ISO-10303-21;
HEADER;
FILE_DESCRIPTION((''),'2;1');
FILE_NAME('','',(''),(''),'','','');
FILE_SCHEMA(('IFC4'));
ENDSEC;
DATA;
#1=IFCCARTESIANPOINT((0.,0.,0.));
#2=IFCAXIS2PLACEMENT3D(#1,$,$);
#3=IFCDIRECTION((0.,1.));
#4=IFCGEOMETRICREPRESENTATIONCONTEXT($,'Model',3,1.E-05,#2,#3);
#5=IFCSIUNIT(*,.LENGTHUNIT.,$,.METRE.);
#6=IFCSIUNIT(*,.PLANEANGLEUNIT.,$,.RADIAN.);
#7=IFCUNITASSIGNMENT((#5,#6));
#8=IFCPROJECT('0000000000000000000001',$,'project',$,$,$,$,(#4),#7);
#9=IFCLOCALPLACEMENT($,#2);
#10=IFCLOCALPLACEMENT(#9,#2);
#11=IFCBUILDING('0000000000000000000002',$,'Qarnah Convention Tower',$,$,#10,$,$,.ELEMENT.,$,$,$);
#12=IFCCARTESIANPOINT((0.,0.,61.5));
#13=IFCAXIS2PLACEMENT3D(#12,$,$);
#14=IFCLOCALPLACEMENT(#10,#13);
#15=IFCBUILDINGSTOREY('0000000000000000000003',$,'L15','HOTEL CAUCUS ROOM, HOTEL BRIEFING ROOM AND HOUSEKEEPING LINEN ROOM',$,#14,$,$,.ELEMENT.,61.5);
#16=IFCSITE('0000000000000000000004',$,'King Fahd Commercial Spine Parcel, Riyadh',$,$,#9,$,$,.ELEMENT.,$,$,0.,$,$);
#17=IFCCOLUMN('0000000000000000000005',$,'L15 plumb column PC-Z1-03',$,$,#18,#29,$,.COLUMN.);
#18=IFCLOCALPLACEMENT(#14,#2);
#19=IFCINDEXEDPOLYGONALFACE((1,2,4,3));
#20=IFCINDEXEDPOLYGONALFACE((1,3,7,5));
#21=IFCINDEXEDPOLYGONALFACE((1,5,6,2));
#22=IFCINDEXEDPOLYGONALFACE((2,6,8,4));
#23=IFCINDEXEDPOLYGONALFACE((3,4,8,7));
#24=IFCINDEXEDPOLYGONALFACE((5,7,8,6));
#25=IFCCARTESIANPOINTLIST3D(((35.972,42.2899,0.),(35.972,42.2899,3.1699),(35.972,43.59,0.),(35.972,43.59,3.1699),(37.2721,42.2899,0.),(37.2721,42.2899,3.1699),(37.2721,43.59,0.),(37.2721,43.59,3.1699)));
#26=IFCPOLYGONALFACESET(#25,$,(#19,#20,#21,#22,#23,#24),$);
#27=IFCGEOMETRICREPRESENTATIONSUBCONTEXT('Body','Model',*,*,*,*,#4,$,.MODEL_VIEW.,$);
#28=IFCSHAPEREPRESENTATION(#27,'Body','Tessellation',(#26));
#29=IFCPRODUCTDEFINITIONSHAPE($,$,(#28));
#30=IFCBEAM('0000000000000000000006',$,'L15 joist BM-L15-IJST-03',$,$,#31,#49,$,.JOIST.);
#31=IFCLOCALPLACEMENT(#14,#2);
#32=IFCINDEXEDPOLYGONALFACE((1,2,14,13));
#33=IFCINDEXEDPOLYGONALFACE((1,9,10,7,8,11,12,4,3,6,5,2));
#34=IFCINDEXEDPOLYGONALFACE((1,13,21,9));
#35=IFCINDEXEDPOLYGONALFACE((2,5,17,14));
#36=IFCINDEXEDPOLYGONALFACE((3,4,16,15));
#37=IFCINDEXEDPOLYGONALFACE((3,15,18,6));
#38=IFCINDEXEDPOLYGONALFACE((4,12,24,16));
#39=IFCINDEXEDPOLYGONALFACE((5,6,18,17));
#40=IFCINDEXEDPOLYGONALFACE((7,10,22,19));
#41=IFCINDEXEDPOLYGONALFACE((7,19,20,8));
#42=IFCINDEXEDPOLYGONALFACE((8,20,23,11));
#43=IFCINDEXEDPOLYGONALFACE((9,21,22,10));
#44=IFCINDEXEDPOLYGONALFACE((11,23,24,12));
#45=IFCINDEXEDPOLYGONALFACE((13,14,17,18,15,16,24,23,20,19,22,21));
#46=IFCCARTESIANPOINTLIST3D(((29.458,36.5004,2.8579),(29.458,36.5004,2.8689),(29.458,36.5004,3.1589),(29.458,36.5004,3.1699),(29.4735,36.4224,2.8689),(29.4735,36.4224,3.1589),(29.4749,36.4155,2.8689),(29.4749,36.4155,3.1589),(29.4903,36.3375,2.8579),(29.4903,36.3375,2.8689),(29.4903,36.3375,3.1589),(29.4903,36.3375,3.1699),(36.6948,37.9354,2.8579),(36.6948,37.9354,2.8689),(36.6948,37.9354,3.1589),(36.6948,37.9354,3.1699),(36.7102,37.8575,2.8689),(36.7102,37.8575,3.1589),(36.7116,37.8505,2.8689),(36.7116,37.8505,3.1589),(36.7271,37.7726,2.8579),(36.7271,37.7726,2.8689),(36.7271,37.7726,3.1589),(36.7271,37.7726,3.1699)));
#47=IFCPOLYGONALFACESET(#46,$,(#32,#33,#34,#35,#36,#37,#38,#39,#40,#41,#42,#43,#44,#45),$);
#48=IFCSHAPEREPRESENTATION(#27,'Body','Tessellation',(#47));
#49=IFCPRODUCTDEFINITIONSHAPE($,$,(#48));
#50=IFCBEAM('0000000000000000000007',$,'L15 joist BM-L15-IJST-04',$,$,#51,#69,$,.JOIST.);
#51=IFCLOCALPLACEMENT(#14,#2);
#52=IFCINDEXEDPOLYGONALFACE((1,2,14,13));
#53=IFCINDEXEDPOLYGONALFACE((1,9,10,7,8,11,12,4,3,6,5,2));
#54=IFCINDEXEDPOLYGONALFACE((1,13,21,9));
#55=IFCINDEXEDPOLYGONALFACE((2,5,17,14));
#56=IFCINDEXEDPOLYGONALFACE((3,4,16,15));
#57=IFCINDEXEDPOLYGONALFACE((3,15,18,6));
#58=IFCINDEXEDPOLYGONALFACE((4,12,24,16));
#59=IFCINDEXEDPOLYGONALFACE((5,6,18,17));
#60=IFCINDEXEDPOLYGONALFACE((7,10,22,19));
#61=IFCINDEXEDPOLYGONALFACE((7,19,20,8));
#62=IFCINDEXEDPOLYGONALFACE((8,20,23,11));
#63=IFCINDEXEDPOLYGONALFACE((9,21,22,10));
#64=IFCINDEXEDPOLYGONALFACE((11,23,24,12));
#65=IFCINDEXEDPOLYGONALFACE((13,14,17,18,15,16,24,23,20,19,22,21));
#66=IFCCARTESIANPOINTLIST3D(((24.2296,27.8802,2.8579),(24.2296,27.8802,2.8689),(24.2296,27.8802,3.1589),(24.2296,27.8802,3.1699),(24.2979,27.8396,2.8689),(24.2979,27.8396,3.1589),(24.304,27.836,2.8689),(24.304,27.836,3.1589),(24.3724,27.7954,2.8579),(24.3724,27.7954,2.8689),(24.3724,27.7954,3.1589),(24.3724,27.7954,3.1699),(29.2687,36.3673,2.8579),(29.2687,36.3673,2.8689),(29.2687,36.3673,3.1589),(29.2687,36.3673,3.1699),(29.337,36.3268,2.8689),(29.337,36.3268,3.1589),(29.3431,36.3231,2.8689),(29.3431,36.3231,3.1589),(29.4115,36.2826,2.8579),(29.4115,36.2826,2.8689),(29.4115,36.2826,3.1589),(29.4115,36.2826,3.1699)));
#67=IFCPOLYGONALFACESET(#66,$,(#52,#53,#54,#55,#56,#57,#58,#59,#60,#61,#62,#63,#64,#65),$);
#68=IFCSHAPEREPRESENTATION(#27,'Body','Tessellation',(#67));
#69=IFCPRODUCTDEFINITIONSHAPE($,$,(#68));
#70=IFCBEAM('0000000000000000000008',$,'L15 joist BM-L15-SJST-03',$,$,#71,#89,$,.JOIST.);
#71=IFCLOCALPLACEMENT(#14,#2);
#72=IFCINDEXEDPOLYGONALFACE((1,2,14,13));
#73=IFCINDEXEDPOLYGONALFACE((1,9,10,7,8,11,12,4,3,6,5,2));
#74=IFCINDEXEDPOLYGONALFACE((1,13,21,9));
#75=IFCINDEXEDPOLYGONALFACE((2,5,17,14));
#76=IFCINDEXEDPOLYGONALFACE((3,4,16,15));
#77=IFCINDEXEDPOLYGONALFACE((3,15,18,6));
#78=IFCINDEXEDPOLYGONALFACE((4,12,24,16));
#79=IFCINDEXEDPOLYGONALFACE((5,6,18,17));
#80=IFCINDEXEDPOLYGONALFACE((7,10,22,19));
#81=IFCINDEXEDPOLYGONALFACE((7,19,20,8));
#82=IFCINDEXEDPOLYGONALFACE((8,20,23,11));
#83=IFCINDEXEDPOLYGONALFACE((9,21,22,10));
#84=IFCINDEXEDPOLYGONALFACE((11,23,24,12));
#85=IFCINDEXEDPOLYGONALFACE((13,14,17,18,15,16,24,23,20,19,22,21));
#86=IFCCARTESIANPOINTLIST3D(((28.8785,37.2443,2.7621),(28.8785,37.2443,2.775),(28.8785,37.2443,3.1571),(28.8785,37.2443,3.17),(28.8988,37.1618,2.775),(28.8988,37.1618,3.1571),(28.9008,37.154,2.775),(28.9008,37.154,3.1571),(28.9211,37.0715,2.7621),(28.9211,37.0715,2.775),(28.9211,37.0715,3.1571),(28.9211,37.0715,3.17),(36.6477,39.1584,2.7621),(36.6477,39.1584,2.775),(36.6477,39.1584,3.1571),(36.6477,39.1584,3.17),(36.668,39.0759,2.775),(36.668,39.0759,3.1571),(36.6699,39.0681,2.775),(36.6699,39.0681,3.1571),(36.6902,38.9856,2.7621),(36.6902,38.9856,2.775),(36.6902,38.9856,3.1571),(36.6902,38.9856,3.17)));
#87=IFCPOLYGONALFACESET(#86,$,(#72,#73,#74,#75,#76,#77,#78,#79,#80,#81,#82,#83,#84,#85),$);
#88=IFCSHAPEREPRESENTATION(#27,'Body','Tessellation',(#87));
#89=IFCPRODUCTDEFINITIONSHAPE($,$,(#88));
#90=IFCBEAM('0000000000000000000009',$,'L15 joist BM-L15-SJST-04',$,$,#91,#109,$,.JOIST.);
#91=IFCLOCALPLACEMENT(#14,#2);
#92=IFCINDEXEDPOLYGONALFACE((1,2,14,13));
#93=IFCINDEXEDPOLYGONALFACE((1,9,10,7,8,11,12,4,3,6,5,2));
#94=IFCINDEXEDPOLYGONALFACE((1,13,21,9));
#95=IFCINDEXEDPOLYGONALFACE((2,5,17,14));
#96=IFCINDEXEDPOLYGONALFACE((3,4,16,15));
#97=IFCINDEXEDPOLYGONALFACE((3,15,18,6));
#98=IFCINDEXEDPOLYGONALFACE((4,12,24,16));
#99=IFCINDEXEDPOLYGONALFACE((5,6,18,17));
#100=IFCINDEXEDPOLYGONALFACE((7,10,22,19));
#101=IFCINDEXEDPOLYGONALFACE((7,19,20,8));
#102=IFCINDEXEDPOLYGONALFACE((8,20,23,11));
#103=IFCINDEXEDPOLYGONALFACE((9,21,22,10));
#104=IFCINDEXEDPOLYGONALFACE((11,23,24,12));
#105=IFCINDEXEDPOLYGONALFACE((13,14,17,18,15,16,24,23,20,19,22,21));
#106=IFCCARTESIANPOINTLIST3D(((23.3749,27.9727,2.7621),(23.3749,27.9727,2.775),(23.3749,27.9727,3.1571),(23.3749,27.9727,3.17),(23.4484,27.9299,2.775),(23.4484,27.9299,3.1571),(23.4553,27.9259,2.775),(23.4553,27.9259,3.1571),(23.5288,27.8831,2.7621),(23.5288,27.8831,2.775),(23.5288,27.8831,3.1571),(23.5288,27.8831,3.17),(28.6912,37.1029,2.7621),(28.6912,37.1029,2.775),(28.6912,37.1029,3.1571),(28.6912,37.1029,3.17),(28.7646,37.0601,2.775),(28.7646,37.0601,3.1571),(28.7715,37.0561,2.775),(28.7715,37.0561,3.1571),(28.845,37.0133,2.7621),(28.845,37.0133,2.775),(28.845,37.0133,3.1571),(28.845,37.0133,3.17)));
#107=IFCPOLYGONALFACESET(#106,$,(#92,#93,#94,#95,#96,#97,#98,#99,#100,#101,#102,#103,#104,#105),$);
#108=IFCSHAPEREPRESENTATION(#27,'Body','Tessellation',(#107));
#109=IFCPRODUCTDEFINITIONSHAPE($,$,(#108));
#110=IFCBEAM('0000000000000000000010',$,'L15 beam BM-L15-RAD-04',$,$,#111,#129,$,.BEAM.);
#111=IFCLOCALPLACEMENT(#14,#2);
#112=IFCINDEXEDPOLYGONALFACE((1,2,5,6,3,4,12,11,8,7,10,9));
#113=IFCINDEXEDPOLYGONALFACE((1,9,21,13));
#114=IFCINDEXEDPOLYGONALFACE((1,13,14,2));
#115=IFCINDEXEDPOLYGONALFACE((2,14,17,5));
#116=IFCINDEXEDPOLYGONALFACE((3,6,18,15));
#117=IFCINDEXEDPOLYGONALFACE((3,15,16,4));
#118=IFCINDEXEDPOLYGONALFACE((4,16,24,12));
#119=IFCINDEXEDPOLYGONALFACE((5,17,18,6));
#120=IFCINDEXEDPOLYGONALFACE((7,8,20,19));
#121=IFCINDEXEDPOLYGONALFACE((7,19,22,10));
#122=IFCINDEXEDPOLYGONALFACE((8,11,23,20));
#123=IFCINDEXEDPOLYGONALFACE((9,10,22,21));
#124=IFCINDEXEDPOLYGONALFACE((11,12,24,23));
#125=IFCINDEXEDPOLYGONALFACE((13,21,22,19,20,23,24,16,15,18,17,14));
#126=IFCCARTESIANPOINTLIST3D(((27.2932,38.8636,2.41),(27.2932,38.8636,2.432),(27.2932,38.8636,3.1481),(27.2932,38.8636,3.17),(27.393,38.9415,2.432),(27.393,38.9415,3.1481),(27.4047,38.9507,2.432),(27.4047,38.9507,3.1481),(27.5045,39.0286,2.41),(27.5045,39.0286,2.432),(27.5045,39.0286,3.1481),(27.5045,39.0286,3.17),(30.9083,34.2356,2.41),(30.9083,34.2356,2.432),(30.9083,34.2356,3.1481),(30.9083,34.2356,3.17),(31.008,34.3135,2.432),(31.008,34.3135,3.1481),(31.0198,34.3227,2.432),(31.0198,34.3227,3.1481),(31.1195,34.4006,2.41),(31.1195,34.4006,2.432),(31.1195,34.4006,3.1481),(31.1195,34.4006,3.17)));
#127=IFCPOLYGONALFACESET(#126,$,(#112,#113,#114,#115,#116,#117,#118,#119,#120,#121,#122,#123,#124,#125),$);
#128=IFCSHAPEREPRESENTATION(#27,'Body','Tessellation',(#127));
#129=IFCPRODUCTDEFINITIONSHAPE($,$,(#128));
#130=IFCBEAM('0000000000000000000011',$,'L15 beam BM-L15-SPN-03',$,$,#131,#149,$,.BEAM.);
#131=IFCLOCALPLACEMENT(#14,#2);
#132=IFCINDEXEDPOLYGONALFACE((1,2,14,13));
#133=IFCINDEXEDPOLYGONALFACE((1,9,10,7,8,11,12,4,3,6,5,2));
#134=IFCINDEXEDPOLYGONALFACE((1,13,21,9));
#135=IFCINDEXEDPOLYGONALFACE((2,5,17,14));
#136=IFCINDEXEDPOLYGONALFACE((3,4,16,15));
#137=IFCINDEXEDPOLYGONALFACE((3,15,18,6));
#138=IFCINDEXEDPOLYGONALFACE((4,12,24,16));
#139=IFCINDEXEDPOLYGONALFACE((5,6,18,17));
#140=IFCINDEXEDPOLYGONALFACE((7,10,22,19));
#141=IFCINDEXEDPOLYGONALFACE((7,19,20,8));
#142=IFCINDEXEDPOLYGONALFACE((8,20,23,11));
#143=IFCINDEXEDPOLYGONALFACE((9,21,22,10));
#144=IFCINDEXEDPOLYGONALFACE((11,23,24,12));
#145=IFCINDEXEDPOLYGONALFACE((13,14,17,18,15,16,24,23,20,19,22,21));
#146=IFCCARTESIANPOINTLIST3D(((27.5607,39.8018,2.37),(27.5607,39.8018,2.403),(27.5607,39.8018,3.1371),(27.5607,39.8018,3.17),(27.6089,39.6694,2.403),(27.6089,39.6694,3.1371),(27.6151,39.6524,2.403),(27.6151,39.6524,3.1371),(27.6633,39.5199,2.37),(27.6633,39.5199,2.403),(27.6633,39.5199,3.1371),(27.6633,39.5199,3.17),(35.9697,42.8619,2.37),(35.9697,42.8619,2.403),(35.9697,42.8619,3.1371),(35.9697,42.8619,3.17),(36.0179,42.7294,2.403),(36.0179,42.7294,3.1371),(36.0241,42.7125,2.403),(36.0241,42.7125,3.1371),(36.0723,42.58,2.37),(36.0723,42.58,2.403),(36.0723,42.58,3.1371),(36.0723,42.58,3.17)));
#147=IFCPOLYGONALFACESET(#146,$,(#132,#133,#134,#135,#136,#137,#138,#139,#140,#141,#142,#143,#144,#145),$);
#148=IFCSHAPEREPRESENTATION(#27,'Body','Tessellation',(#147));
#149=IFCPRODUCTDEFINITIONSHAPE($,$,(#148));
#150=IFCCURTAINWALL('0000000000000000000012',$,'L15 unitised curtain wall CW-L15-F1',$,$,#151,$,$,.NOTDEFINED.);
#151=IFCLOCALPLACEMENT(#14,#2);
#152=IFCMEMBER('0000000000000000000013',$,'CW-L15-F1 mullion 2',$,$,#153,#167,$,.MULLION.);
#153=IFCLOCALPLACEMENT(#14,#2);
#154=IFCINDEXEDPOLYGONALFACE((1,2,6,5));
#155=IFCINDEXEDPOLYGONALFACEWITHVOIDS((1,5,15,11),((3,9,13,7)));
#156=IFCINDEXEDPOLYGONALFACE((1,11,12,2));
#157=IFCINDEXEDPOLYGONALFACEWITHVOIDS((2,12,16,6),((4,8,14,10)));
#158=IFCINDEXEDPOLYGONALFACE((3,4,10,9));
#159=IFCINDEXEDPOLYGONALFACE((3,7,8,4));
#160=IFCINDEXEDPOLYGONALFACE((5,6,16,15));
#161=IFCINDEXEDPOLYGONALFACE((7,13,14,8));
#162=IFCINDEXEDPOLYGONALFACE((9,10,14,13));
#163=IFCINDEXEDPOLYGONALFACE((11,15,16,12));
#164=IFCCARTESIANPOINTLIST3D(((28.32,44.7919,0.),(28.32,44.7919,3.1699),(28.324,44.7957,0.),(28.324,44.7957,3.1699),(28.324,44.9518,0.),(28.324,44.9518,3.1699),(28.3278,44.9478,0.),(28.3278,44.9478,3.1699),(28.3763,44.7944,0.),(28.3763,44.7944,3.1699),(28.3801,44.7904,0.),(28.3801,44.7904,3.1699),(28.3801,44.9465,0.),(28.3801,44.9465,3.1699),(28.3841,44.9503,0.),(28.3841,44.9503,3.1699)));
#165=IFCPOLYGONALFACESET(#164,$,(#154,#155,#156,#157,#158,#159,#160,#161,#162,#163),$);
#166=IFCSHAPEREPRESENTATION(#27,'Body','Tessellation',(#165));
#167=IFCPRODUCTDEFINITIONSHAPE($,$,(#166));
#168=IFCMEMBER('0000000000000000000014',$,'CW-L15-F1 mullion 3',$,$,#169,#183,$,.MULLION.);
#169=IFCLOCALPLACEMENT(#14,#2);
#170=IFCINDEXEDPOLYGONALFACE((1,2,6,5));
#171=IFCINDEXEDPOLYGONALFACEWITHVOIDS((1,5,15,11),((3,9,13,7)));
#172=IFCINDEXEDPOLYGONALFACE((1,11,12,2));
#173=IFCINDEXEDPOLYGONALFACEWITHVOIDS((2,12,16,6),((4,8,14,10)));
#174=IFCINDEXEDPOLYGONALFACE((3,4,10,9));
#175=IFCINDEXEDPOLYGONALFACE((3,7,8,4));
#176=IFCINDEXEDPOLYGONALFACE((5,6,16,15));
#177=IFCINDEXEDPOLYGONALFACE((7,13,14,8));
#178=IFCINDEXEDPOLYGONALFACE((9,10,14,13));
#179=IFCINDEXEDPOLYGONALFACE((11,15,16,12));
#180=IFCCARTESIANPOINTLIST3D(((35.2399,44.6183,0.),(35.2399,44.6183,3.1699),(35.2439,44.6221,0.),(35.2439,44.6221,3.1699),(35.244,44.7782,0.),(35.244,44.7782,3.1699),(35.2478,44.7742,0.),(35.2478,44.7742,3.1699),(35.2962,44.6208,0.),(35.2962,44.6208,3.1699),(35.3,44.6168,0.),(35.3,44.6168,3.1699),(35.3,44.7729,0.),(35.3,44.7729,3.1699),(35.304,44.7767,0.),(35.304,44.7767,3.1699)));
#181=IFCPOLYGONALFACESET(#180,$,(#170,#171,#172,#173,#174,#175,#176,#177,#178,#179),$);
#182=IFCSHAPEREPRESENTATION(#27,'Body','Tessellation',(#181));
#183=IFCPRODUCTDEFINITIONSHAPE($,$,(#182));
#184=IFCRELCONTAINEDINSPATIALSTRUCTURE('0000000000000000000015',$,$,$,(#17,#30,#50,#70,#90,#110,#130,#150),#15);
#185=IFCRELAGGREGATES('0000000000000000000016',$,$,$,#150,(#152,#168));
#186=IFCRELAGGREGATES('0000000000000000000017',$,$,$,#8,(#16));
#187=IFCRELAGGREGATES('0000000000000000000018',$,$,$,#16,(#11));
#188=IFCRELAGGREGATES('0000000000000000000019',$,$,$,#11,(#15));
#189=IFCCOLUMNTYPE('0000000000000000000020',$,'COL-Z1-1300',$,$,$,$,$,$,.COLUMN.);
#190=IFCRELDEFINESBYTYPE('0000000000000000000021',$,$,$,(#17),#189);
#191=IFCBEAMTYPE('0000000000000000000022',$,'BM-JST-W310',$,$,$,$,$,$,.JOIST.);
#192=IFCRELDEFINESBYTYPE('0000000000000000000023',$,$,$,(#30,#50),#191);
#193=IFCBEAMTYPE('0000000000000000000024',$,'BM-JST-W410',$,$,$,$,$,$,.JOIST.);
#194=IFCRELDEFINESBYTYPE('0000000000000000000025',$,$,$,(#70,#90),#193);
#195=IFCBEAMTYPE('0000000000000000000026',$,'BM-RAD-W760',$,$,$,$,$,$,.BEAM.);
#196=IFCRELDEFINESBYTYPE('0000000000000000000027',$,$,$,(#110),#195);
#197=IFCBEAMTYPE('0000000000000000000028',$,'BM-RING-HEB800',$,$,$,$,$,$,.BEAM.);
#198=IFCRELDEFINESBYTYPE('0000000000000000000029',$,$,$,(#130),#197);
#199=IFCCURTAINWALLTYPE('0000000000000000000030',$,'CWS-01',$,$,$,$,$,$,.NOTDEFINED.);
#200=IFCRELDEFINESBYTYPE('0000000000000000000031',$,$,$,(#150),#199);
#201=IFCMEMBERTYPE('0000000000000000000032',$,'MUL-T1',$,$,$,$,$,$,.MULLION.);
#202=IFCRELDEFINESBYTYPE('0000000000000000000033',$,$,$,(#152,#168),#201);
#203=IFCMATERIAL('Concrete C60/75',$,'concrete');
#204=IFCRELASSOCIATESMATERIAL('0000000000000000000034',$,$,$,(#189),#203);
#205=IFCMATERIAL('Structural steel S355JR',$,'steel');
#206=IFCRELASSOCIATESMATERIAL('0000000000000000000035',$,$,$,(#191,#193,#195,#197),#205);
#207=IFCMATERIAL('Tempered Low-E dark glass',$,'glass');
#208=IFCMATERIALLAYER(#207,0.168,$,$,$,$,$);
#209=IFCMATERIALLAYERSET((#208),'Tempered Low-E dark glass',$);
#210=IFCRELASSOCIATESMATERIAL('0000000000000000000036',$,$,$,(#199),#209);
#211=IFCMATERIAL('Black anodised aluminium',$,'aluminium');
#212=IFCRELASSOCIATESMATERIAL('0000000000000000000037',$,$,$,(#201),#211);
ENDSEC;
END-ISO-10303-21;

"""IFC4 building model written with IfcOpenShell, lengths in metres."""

from ifc_helpers import new_model, si_unit, direction, frame, origin, origin_2d, place, context, subcontext, project, spatial, rectangle, hollow_rectangle, i_section, extrude, material, layer, layer_set, material_profile, profile_set, type_object, element, aggregate, save


model = new_model("IFC4")

# Units and contexts
model_context = context("Model", 3, precision=1e-05, world=origin(), true_north=direction((0.0, 1.0)))
body_context = subcontext(model_context, "Body", "Model", "MODEL_VIEW")
ifc_project = project(units=[si_unit("LENGTHUNIT", "METRE"), si_unit("PLANEANGLEUNIT", "RADIAN")], contexts=[model_context])

# Site, building, storey
site_placement = place(None, origin())
site = spatial("IfcSite", under=ifc_project, at=site_placement, Name="King Fahd Commercial Spine Parcel, Riyadh", CompositionType="ELEMENT", RefElevation=0.0)
building_placement = place(site_placement, origin())
building = spatial("IfcBuilding", under=site, at=building_placement, Name="Qarnah Convention Tower", CompositionType="ELEMENT")
storey_placement = place(building_placement, frame((0.0, 0.0, 61.5)))
storey = spatial("IfcBuildingStorey", under=building, at=storey_placement, Name="L15", Description="HOTEL CAUCUS ROOM, HOTEL BRIEFING ROOM AND HOUSEKEEPING LINEN ROOM", CompositionType="ELEMENT", Elevation=61.5)

# Column
ifc_material_1 = material(Name="Concrete C60/75", Category="concrete")
ifc_material_profile_1 = material_profile(ifc_material_1, rectangle(XDim=1.3, YDim=1.3, at=origin_2d()), Name="RC-COL-1300X1300")
ifc_profile_set_1 = profile_set([ifc_material_profile_1], Name="Concrete C60/75")
column_type = type_object("IfcColumnType", Name="COL-Z1-1300", PredefinedType="COLUMN", material=ifc_profile_set_1)
column_placement = place(storey_placement, frame((36.6221, 42.9399, 0.0), z_axis=(0.0, 0.0, 1.0), x_axis=(1.0, 0.0, 0.0)))
element("IfcColumn", 1, at=column_placement, inside=storey, type_object=column_type, Name="L15 plumb column PC-Z1-03", PredefinedType="COLUMN", context=body_context, shape_type="SweptSolid", body=[
    extrude(rectangle(XDim=1.3, YDim=1.3, at=origin_2d()), origin(), (0.0, 0.0, 1.0), 3.1699),
])

# Beams
ifc_material_2 = material(Name="Structural steel S355JR", Category="steel")
ifc_material_profile_2 = material_profile(ifc_material_2, i_section(OverallWidth=0.166, OverallDepth=0.312, WebThickness=0.0071, FlangeThickness=0.011, at=origin_2d()), Name="W310X45")
ifc_profile_set_2 = profile_set([ifc_material_profile_2], Name="Structural steel S355JR")
beam_type_1 = type_object("IfcBeamType", Name="BM-JST-W310", PredefinedType="JOIST", material=ifc_profile_set_2)
beam_1_placement = place(storey_placement, frame((36.7109, 37.854, 3.0139), z_axis=(-0.9809, -0.194512, 0.0), x_axis=(0.194512, -0.9809, 0.0)))
element("IfcBeam", 2, at=beam_1_placement, inside=storey, type_object=beam_type_1, Name="L15 joist BM-L15-IJST-03", PredefinedType="JOIST", context=body_context, shape_type="SweptSolid", body=[
    extrude(i_section(OverallWidth=0.166, OverallDepth=0.312, WebThickness=0.0071, FlangeThickness=0.011, at=origin_2d()), origin(), (0.0, 0.0, 1.0), 7.3777),
])
beam_2_placement = place(storey_placement, frame((29.3401, 36.325, 3.0139), z_axis=(-0.510529, -0.859861, 0.0), x_axis=(0.859861, -0.510529, 0.0)))
element("IfcBeam", 3, at=beam_2_placement, inside=storey, type_object=beam_type_1, Name="L15 joist BM-L15-IJST-04", PredefinedType="JOIST", context=body_context, shape_type="SweptSolid", body=[
    extrude(i_section(OverallWidth=0.166, OverallDepth=0.312, WebThickness=0.0071, FlangeThickness=0.011, at=origin_2d()), origin(), (0.0, 0.0, 1.0), 9.8704),
])
ifc_material_profile_3 = material_profile(ifc_material_2, i_section(OverallWidth=0.178, OverallDepth=0.408, WebThickness=0.0081, FlangeThickness=0.0129, at=origin_2d()), Name="W410X60")
ifc_profile_set_3 = profile_set([ifc_material_profile_3], Name="Structural steel S355JR")
beam_type_2 = type_object("IfcBeamType", Name="BM-JST-W410", PredefinedType="JOIST", material=ifc_profile_set_3)
beam_3_placement = place(storey_placement, frame((36.6689, 39.072, 2.9661), z_axis=(-0.970966, -0.239217, 0.0), x_axis=(0.239217, -0.970966, 0.0)))
element("IfcBeam", 4, at=beam_3_placement, inside=storey, type_object=beam_type_2, Name="L15 joist BM-L15-SJST-03", PredefinedType="JOIST", context=body_context, shape_type="SweptSolid", body=[
    extrude(i_section(OverallWidth=0.178, OverallDepth=0.408, WebThickness=0.0081, FlangeThickness=0.0129, at=origin_2d()), origin(), (0.0, 0.0, 1.0), 8.0015),
])
beam_4_placement = place(storey_placement, frame((28.7681, 37.0581, 2.9661), z_axis=(-0.503183, -0.86418, 0.0), x_axis=(0.86418, -0.503183, 0.0)))
element("IfcBeam", 5, at=beam_4_placement, inside=storey, type_object=beam_type_2, Name="L15 joist BM-L15-SJST-04", PredefinedType="JOIST", context=body_context, shape_type="SweptSolid", body=[
    extrude(i_section(OverallWidth=0.178, OverallDepth=0.408, WebThickness=0.0081, FlangeThickness=0.0129, at=origin_2d()), origin(), (0.0, 0.0, 1.0), 10.5652),
])
ifc_material_profile_4 = material_profile(ifc_material_2, i_section(OverallWidth=0.2681, OverallDepth=0.76, WebThickness=0.0149, FlangeThickness=0.022, at=origin_2d()), Name="W760X185")
ifc_profile_set_4 = profile_set([ifc_material_profile_4], Name="Structural steel S355JR")
beam_type_3 = type_object("IfcBeamType", Name="BM-RAD-W760", PredefinedType="BEAM", material=ifc_profile_set_4)
beam_5_placement = place(storey_placement, frame((31.0139, 34.3181, 2.79), z_axis=(-0.615583, 0.788072, 0.0), x_axis=(-0.788072, -0.615583, 0.0)))
element("IfcBeam", 6, at=beam_5_placement, inside=storey, type_object=beam_type_3, Name="L15 beam BM-L15-RAD-04", PredefinedType="BEAM", context=body_context, shape_type="SweptSolid", body=[
    extrude(i_section(OverallWidth=0.2681, OverallDepth=0.76, WebThickness=0.0149, FlangeThickness=0.022, at=origin_2d()), origin(), (0.0, 0.0, 1.0), 5.8726),
])
ifc_material_profile_5 = material_profile(ifc_material_2, i_section(OverallWidth=0.3, OverallDepth=0.8, WebThickness=0.0181, FlangeThickness=0.033, at=origin_2d()), Name="HEB800")
ifc_profile_set_5 = profile_set([ifc_material_profile_5], Name="Structural steel S355JR")
beam_type_4 = type_object("IfcBeamType", Name="BM-RING-HEB800", PredefinedType="BEAM", material=ifc_profile_set_5)
beam_6_placement = place(storey_placement, frame((36.021, 42.7209, 2.77), z_axis=(-0.939712, -0.341966, 0.0), x_axis=(0.341966, -0.939712, 0.0)))
element("IfcBeam", 7, at=beam_6_placement, inside=storey, type_object=beam_type_4, Name="L15 beam BM-L15-SPN-03", PredefinedType="BEAM", context=body_context, shape_type="SweptSolid", body=[
    extrude(i_section(OverallWidth=0.3, OverallDepth=0.8, WebThickness=0.0181, FlangeThickness=0.033, at=origin_2d()), origin(), (0.0, 0.0, 1.0), 8.9485),
])

# Curtain wall, members
ifc_material_3 = material(Name="Tempered Low-E dark glass", Category="glass")
ifc_layer_1 = layer(ifc_material_3, 0.168)
ifc_layer_set_1 = layer_set([ifc_layer_1], Name="Tempered Low-E dark glass")
curtain_wall_type = type_object("IfcCurtainWallType", Name="CWS-01", PredefinedType="NOTDEFINED", material=ifc_layer_set_1)
curtain_wall_placement = place(storey_placement, origin())
curtain_wall = element("IfcCurtainWall", 8, at=curtain_wall_placement, inside=storey, type_object=curtain_wall_type, Name="L15 unitised curtain wall CW-L15-F1", PredefinedType="NOTDEFINED")
ifc_material_4 = material(Name="Black anodised aluminium", Category="aluminium")
ifc_material_profile_6 = material_profile(ifc_material_4, hollow_rectangle(XDim=0.0601, YDim=0.1599, WallThickness=0.0039, at=origin_2d()), Name="MUL-60X160")
ifc_profile_set_6 = profile_set([ifc_material_profile_6], Name="Black anodised aluminium")
member_type = type_object("IfcMemberType", Name="MUL-T1", PredefinedType="MULLION", material=ifc_profile_set_6)
member_1_placement = place(storey_placement, frame((28.3521, 44.8711, 0.0), z_axis=(0.0, 0.0, 1.0), x_axis=(0.999685, -0.025108, 0.0)))
member_1 = element("IfcMember", 9, at=member_1_placement, type_object=member_type, Name="CW-L15-F1 mullion 2", PredefinedType="MULLION", context=body_context, shape_type="SweptSolid", body=[
    extrude(hollow_rectangle(XDim=0.0601, YDim=0.1599, WallThickness=0.0039, at=origin_2d()), origin(), (0.0, 0.0, 1.0), 3.1699),
])
member_2_placement = place(storey_placement, frame((35.272, 44.6975, 0.0), z_axis=(0.0, 0.0, 1.0), x_axis=(0.999685, -0.025108, 0.0)))
member_2 = element("IfcMember", 10, at=member_2_placement, type_object=member_type, Name="CW-L15-F1 mullion 3", PredefinedType="MULLION", context=body_context, shape_type="SweptSolid", body=[
    extrude(hollow_rectangle(XDim=0.0601, YDim=0.1599, WallThickness=0.0039, at=origin_2d()), origin(), (0.0, 0.0, 1.0), 3.1699),
])
aggregate(curtain_wall, [member_1, member_2])

save(model, "model.ifc")
